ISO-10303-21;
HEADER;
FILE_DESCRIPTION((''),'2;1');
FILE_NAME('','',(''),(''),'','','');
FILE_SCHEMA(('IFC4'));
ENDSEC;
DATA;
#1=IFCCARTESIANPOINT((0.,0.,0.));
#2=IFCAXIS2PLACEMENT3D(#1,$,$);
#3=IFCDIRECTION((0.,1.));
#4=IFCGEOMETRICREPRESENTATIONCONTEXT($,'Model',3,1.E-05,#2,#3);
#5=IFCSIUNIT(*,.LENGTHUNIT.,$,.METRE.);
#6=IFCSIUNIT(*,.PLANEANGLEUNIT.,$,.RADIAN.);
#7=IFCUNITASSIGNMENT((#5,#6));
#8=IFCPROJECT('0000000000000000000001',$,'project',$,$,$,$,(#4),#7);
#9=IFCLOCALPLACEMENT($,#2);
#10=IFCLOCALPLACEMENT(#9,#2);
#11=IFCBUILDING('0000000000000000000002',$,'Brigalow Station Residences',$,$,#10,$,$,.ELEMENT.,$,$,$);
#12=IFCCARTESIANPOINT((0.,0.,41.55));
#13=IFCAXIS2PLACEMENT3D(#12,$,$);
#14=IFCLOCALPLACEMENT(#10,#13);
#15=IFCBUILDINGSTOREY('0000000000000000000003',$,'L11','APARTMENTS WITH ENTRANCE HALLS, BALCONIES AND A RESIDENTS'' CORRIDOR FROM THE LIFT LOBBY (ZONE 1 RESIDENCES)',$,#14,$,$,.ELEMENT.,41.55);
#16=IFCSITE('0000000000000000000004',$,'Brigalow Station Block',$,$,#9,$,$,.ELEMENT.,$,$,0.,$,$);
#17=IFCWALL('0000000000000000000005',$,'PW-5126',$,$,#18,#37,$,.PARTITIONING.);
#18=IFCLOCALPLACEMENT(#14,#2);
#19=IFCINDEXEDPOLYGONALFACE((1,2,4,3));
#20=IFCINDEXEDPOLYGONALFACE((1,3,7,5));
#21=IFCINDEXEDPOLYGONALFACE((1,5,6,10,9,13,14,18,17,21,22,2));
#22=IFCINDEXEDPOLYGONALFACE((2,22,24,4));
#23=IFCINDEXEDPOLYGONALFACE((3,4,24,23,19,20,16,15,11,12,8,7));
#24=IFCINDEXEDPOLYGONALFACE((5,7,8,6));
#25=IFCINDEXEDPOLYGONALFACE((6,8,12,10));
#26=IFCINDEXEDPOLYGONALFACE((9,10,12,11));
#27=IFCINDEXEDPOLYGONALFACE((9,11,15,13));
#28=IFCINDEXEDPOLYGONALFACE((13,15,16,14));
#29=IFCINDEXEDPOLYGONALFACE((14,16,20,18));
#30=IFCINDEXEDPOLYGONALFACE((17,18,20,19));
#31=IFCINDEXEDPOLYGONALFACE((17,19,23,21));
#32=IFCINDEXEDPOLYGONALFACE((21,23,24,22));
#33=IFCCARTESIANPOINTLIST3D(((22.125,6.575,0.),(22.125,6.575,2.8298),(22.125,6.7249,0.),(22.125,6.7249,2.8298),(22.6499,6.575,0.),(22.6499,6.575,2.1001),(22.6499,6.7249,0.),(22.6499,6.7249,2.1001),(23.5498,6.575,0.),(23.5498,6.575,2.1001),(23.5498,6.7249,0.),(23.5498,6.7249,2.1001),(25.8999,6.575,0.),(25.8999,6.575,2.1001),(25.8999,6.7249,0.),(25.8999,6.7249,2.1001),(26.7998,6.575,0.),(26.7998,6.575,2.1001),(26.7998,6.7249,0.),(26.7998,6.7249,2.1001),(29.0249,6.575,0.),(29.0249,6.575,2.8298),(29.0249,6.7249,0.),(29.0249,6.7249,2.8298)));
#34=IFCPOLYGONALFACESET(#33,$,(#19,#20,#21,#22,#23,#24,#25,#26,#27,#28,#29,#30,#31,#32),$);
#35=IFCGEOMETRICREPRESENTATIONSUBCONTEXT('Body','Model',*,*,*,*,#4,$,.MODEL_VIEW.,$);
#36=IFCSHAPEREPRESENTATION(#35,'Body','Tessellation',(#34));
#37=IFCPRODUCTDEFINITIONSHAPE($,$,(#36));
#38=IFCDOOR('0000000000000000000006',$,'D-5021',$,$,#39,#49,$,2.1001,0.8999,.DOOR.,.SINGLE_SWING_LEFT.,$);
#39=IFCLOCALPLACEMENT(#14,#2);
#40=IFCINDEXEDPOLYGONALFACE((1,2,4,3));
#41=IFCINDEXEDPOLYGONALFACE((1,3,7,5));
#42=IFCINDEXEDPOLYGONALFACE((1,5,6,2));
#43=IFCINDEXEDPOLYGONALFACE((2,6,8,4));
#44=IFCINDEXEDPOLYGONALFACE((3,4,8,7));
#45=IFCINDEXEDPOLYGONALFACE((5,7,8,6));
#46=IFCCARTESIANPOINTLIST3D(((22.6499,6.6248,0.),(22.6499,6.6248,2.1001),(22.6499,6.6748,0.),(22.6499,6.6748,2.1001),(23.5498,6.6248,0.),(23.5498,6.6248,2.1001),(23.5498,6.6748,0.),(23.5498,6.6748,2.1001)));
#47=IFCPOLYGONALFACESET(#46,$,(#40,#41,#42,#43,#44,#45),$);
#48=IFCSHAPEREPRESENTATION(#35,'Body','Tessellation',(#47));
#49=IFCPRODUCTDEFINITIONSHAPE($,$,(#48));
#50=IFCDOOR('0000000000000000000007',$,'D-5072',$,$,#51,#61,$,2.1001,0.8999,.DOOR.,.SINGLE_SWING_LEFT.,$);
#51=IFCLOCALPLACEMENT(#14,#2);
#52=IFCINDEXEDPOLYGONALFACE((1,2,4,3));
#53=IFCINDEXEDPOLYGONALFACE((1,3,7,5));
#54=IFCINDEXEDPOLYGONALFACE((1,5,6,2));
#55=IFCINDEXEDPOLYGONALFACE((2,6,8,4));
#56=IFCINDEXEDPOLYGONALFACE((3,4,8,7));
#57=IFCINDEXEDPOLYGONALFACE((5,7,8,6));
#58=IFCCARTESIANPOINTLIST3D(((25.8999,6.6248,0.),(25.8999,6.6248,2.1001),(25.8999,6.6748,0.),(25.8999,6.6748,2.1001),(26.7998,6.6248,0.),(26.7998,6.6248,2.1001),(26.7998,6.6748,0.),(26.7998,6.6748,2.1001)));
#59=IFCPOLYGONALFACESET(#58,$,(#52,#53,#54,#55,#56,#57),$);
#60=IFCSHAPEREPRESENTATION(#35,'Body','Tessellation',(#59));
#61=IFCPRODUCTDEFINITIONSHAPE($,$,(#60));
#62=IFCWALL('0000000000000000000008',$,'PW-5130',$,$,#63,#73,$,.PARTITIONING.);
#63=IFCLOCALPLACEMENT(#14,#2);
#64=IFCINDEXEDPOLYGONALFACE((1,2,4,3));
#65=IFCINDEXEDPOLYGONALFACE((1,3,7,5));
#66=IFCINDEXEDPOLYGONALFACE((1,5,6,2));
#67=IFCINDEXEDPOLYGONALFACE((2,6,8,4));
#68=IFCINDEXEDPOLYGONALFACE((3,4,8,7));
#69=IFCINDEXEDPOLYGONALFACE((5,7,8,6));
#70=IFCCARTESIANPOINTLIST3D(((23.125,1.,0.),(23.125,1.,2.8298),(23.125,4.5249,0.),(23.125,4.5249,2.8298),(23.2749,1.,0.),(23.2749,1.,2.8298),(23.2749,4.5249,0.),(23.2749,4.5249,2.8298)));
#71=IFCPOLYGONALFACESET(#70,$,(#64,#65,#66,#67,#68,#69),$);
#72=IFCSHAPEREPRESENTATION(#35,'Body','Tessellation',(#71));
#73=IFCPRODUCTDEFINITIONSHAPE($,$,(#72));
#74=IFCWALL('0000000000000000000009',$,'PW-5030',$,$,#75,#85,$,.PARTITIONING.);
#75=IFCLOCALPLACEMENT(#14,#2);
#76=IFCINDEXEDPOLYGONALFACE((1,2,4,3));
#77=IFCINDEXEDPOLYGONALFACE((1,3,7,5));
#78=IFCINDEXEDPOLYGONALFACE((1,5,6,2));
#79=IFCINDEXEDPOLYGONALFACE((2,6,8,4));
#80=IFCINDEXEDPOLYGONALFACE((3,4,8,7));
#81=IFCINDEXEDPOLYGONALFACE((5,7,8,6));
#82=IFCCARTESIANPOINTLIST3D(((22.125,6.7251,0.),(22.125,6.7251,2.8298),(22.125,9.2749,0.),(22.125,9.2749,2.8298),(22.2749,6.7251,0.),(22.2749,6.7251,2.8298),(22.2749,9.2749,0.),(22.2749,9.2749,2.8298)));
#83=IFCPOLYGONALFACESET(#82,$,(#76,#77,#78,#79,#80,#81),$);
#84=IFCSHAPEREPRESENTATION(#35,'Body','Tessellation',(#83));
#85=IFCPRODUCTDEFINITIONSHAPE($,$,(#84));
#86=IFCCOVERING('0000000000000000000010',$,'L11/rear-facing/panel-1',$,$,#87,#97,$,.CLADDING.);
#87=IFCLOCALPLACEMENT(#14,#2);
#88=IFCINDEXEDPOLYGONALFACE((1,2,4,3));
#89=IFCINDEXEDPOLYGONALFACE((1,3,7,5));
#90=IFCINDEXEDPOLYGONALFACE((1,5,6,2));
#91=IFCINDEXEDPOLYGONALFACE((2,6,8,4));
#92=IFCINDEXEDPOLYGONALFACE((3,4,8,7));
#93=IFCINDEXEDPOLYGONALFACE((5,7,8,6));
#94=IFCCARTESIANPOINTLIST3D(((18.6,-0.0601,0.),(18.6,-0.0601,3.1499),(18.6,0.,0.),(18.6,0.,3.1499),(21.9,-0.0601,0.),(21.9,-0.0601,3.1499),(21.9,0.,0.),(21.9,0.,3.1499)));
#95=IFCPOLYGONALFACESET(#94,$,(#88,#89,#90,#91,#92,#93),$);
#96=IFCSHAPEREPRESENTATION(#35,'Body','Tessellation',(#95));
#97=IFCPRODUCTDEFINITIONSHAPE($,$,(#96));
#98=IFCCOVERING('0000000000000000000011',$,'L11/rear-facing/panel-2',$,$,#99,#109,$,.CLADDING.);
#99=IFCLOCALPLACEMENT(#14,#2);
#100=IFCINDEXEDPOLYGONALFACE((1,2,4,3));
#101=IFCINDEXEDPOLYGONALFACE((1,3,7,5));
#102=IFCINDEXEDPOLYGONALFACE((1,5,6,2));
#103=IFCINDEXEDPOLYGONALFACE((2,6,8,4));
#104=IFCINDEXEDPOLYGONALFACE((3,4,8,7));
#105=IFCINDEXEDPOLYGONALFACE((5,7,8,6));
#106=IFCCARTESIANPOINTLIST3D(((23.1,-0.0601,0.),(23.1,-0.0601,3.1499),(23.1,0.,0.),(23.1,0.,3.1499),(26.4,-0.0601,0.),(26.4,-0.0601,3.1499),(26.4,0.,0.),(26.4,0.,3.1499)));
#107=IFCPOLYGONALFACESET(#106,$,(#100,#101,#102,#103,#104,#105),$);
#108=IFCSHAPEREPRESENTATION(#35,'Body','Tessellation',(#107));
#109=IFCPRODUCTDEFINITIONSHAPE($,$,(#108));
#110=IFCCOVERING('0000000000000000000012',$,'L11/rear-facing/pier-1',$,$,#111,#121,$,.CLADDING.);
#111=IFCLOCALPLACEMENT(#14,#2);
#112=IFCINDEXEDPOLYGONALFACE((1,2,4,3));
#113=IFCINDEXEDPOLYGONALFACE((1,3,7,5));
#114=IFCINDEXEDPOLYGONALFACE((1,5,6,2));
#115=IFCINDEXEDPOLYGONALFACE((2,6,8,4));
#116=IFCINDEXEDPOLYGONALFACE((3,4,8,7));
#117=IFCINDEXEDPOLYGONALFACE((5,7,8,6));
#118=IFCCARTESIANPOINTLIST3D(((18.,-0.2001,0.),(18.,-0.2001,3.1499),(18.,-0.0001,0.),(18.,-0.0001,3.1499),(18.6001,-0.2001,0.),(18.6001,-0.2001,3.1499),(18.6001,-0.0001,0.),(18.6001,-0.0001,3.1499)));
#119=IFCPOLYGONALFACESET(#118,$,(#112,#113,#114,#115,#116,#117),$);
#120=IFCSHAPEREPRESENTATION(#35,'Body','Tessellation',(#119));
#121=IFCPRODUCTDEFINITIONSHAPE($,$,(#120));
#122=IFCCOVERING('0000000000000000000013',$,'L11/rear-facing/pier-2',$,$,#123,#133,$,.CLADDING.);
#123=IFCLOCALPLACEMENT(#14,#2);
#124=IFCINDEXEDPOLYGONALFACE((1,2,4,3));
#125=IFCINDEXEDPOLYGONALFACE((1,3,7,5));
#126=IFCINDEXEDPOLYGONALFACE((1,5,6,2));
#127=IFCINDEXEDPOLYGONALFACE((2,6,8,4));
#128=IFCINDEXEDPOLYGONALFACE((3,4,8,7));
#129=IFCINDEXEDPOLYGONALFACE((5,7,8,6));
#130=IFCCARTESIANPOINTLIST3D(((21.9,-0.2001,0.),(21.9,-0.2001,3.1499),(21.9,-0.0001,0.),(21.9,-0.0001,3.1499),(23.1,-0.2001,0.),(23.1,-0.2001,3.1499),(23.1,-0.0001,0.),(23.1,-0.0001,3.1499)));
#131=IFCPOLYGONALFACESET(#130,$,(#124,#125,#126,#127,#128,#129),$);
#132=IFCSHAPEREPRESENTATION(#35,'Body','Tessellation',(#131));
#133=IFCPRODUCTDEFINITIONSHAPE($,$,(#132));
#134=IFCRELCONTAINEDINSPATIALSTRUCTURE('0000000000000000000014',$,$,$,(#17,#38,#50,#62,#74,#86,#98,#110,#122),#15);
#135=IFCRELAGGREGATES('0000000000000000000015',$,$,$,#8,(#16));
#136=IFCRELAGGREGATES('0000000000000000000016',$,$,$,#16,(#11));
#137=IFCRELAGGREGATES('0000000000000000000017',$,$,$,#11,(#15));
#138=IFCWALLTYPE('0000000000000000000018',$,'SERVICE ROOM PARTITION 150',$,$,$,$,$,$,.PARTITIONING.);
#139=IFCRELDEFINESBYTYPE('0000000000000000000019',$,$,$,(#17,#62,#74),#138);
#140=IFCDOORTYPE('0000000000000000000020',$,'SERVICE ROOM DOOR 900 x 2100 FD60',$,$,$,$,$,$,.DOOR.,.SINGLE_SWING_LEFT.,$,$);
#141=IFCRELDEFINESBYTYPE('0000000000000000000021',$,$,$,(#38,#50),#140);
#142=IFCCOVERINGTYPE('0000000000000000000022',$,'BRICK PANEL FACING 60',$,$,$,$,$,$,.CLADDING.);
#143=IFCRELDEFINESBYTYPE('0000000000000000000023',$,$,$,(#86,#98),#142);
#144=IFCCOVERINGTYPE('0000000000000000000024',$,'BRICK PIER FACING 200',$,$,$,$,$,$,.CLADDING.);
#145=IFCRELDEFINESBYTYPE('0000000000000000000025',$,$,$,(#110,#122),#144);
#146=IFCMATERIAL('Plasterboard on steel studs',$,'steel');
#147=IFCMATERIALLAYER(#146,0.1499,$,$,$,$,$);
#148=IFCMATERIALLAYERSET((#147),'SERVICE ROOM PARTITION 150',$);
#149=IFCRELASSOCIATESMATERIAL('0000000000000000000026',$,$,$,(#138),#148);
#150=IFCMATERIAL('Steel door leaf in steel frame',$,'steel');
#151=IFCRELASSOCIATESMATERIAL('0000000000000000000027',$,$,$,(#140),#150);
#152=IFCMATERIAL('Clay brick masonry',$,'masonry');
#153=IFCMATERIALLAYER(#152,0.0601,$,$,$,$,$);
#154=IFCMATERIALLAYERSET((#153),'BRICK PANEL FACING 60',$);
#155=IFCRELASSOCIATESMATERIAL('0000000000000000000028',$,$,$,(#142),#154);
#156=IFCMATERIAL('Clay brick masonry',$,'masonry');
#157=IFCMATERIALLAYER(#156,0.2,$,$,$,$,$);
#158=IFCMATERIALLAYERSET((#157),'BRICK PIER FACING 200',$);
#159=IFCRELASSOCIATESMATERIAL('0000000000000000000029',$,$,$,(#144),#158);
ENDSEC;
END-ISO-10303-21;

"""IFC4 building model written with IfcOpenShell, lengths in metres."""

from ifc_helpers import new_model, si_unit, direction, frame, frame_2d, origin, origin_2d, place, context, subcontext, project, spatial, rectangle, extrude, material, layer, layer_set, type_object, element, fill, save


model = new_model("IFC4")

# Units and contexts
model_context = context("Model", 3, precision=1e-05, world=origin(), true_north=direction((0.0, 1.0)))
body_context = subcontext(model_context, "Body", "Model", "MODEL_VIEW")
ifc_project = project(units=[si_unit("LENGTHUNIT", "METRE"), si_unit("PLANEANGLEUNIT", "RADIAN")], contexts=[model_context])

# Site, building, storey
site_placement = place(None, origin())
site = spatial("IfcSite", under=ifc_project, at=site_placement, Name="Brigalow Station Block", CompositionType="ELEMENT", RefElevation=0.0)
building_placement = place(site_placement, origin())
building = spatial("IfcBuilding", under=site, at=building_placement, Name="Brigalow Station Residences", CompositionType="ELEMENT")
storey_placement = place(building_placement, frame((0.0, 0.0, 41.55)))
storey = spatial("IfcBuildingStorey", under=building, at=storey_placement, Name="L11", Description="APARTMENTS WITH ENTRANCE HALLS, BALCONIES AND A RESIDENTS' CORRIDOR FROM THE LIFT LOBBY (ZONE 1 RESIDENCES)", CompositionType="ELEMENT", Elevation=41.55)

# Wall, openings, doors
ifc_material_1 = material(Name="Plasterboard on steel studs", Category="steel")
ifc_layer_1 = layer(ifc_material_1, 0.1499)
ifc_layer_set_1 = layer_set([ifc_layer_1], Name="SERVICE ROOM PARTITION 150")
wall_type_1 = type_object("IfcWallType", Name="SERVICE ROOM PARTITION 150", PredefinedType="PARTITIONING", material=ifc_layer_set_1)
ifc_material_2 = material(Name="Steel door leaf in steel frame", Category="steel")
door_type = type_object("IfcDoorType", Name="SERVICE ROOM DOOR 900 x 2100 FD60", OperationType="SINGLE_SWING_LEFT", PredefinedType="DOOR", material=ifc_material_2)
wall_1_placement = place(storey_placement, frame((22.125, 6.6499, 0.0), z_axis=(0.0, 0.0, 1.0), x_axis=(1.0, 0.0, 0.0)))
wall_1 = element("IfcWall", 1, at=wall_1_placement, inside=storey, type_object=wall_type_1, Name="PW-5126", PredefinedType="PARTITIONING", context=body_context, shape_type="SweptSolid", body=[
    extrude(rectangle(XDim=6.8999, YDim=0.1499, at=frame_2d((3.45, 0.0))), origin(), (0.0, 0.0, 1.0), 2.8298),
])
opening_1_placement = place(wall_1_placement, frame((0.5249, 0.0, 0.0)))
opening_1 = element("IfcOpeningElement", 2, at=opening_1_placement, cuts=wall_1, PredefinedType="OPENING", context=body_context, shape_type="SweptSolid", body=[
    extrude(rectangle(XDim=0.8999, YDim=2.1001, at=frame_2d((0.45, 1.05))), frame((0.0, 0.085, 0.0), z_axis=(0.0, -1.0, 0.0), x_axis=(1.0, 0.0, 0.0)), (0.0, 0.0, 1.0), 0.1699),
])
opening_2_placement = place(wall_1_placement, frame((3.7749, 0.0, 0.0)))
opening_2 = element("IfcOpeningElement", 3, at=opening_2_placement, cuts=wall_1, PredefinedType="OPENING", context=body_context, shape_type="SweptSolid", body=[
    extrude(rectangle(XDim=0.8999, YDim=2.1001, at=frame_2d((0.45, 1.05))), frame((0.0, 0.085, 0.0), z_axis=(0.0, -1.0, 0.0), x_axis=(1.0, 0.0, 0.0)), (0.0, 0.0, 1.0), 0.1699),
])
door_1_placement = place(opening_1_placement, origin())
door_1 = element("IfcDoor", 4, at=door_1_placement, inside=storey, type_object=door_type, Name="D-5021", OperationType="SINGLE_SWING_LEFT", OverallHeight=2.1001, OverallWidth=0.8999, PredefinedType="DOOR", context=body_context, shape_type="SweptSolid", body=[
    extrude(rectangle(XDim=0.8999, YDim=2.1001, at=frame_2d((0.45, 1.05))), frame((0.0, 0.0249, 0.0), z_axis=(0.0, -1.0, 0.0), x_axis=(1.0, 0.0, 0.0)), (0.0, 0.0, 1.0), 0.05),
])
fill(opening_1, door_1)
door_2_placement = place(opening_2_placement, origin())
door_2 = element("IfcDoor", 5, at=door_2_placement, inside=storey, type_object=door_type, Name="D-5072", OperationType="SINGLE_SWING_LEFT", OverallHeight=2.1001, OverallWidth=0.8999, PredefinedType="DOOR", context=body_context, shape_type="SweptSolid", body=[
    extrude(rectangle(XDim=0.8999, YDim=2.1001, at=frame_2d((0.45, 1.05))), frame((0.0, 0.0249, 0.0), z_axis=(0.0, -1.0, 0.0), x_axis=(1.0, 0.0, 0.0)), (0.0, 0.0, 1.0), 0.05),
])
fill(opening_2, door_2)

# Walls
wall_2_placement = place(storey_placement, frame((23.2, 1.0, 0.0), z_axis=(0.0, 0.0, 1.0), x_axis=(0.0, 1.0, 0.0)))
element("IfcWall", 6, at=wall_2_placement, inside=storey, type_object=wall_type_1, Name="PW-5130", PredefinedType="PARTITIONING", context=body_context, shape_type="SweptSolid", body=[
    extrude(rectangle(XDim=3.5249, YDim=0.1499, at=frame_2d((1.7625, 0.0))), origin(), (0.0, 0.0, 1.0), 2.8298),
])
wall_3_placement = place(storey_placement, frame((22.2, 6.7251, 0.0), z_axis=(0.0, 0.0, 1.0), x_axis=(0.0, 1.0, 0.0)))
element("IfcWall", 7, at=wall_3_placement, inside=storey, type_object=wall_type_1, Name="PW-5030", PredefinedType="PARTITIONING", context=body_context, shape_type="SweptSolid", body=[
    extrude(rectangle(XDim=2.5498, YDim=0.1499, at=frame_2d((1.2749, 0.0))), origin(), (0.0, 0.0, 1.0), 2.8298),
])

# Coverings
ifc_material_3 = material(Name="Clay brick masonry", Category="masonry")
ifc_layer_2 = layer(ifc_material_3, 0.0601)
ifc_layer_set_2 = layer_set([ifc_layer_2], Name="BRICK PANEL FACING 60")
covering_type_1 = type_object("IfcCoveringType", Name="BRICK PANEL FACING 60", PredefinedType="CLADDING", material=ifc_layer_set_2)
for number, where, z_axis, x_axis, name in (
    (8, (20.25, -0.03, 0.0), (0.0, 0.0, 1.0), (1.0, 0.0, 0.0), "L11/rear-facing/panel-1"),
    (9, (24.75, -0.03, 0.0), (0.0, 0.0, 1.0), (1.0, 0.0, 0.0), "L11/rear-facing/panel-2"),
):
    element("IfcCovering", number, at=place(storey_placement, frame(where, z_axis=z_axis, x_axis=x_axis)), inside=storey, type_object=covering_type_1, Name=name, PredefinedType="CLADDING", context=body_context, shape_type="SweptSolid", body=[
        extrude(rectangle(XDim=3.3, YDim=0.0601, at=origin_2d()), origin(), (0.0, 0.0, 1.0), 3.1499),
    ])
ifc_material_4 = material(Name="Clay brick masonry", Category="masonry")
ifc_layer_3 = layer(ifc_material_4, 0.2)
ifc_layer_set_3 = layer_set([ifc_layer_3], Name="BRICK PIER FACING 200")
covering_type_2 = type_object("IfcCoveringType", Name="BRICK PIER FACING 200", PredefinedType="CLADDING", material=ifc_layer_set_3)
covering_1_placement = place(storey_placement, frame((18.3, -0.1001, 0.0), z_axis=(0.0, 0.0, 1.0), x_axis=(1.0, 0.0, 0.0)))
element("IfcCovering", 10, at=covering_1_placement, inside=storey, type_object=covering_type_2, Name="L11/rear-facing/pier-1", PredefinedType="CLADDING", context=body_context, shape_type="SweptSolid", body=[
    extrude(rectangle(XDim=0.6001, YDim=0.2, at=origin_2d()), origin(), (0.0, 0.0, 1.0), 3.1499),
])
covering_2_placement = place(storey_placement, frame((22.5, -0.1001, 0.0), z_axis=(0.0, 0.0, 1.0), x_axis=(1.0, 0.0, 0.0)))
element("IfcCovering", 11, at=covering_2_placement, inside=storey, type_object=covering_type_2, Name="L11/rear-facing/pier-2", PredefinedType="CLADDING", context=body_context, shape_type="SweptSolid", body=[
    extrude(rectangle(XDim=1.2, YDim=0.2, at=origin_2d()), origin(), (0.0, 0.0, 1.0), 3.1499),
])

save(model, "model.ifc")
